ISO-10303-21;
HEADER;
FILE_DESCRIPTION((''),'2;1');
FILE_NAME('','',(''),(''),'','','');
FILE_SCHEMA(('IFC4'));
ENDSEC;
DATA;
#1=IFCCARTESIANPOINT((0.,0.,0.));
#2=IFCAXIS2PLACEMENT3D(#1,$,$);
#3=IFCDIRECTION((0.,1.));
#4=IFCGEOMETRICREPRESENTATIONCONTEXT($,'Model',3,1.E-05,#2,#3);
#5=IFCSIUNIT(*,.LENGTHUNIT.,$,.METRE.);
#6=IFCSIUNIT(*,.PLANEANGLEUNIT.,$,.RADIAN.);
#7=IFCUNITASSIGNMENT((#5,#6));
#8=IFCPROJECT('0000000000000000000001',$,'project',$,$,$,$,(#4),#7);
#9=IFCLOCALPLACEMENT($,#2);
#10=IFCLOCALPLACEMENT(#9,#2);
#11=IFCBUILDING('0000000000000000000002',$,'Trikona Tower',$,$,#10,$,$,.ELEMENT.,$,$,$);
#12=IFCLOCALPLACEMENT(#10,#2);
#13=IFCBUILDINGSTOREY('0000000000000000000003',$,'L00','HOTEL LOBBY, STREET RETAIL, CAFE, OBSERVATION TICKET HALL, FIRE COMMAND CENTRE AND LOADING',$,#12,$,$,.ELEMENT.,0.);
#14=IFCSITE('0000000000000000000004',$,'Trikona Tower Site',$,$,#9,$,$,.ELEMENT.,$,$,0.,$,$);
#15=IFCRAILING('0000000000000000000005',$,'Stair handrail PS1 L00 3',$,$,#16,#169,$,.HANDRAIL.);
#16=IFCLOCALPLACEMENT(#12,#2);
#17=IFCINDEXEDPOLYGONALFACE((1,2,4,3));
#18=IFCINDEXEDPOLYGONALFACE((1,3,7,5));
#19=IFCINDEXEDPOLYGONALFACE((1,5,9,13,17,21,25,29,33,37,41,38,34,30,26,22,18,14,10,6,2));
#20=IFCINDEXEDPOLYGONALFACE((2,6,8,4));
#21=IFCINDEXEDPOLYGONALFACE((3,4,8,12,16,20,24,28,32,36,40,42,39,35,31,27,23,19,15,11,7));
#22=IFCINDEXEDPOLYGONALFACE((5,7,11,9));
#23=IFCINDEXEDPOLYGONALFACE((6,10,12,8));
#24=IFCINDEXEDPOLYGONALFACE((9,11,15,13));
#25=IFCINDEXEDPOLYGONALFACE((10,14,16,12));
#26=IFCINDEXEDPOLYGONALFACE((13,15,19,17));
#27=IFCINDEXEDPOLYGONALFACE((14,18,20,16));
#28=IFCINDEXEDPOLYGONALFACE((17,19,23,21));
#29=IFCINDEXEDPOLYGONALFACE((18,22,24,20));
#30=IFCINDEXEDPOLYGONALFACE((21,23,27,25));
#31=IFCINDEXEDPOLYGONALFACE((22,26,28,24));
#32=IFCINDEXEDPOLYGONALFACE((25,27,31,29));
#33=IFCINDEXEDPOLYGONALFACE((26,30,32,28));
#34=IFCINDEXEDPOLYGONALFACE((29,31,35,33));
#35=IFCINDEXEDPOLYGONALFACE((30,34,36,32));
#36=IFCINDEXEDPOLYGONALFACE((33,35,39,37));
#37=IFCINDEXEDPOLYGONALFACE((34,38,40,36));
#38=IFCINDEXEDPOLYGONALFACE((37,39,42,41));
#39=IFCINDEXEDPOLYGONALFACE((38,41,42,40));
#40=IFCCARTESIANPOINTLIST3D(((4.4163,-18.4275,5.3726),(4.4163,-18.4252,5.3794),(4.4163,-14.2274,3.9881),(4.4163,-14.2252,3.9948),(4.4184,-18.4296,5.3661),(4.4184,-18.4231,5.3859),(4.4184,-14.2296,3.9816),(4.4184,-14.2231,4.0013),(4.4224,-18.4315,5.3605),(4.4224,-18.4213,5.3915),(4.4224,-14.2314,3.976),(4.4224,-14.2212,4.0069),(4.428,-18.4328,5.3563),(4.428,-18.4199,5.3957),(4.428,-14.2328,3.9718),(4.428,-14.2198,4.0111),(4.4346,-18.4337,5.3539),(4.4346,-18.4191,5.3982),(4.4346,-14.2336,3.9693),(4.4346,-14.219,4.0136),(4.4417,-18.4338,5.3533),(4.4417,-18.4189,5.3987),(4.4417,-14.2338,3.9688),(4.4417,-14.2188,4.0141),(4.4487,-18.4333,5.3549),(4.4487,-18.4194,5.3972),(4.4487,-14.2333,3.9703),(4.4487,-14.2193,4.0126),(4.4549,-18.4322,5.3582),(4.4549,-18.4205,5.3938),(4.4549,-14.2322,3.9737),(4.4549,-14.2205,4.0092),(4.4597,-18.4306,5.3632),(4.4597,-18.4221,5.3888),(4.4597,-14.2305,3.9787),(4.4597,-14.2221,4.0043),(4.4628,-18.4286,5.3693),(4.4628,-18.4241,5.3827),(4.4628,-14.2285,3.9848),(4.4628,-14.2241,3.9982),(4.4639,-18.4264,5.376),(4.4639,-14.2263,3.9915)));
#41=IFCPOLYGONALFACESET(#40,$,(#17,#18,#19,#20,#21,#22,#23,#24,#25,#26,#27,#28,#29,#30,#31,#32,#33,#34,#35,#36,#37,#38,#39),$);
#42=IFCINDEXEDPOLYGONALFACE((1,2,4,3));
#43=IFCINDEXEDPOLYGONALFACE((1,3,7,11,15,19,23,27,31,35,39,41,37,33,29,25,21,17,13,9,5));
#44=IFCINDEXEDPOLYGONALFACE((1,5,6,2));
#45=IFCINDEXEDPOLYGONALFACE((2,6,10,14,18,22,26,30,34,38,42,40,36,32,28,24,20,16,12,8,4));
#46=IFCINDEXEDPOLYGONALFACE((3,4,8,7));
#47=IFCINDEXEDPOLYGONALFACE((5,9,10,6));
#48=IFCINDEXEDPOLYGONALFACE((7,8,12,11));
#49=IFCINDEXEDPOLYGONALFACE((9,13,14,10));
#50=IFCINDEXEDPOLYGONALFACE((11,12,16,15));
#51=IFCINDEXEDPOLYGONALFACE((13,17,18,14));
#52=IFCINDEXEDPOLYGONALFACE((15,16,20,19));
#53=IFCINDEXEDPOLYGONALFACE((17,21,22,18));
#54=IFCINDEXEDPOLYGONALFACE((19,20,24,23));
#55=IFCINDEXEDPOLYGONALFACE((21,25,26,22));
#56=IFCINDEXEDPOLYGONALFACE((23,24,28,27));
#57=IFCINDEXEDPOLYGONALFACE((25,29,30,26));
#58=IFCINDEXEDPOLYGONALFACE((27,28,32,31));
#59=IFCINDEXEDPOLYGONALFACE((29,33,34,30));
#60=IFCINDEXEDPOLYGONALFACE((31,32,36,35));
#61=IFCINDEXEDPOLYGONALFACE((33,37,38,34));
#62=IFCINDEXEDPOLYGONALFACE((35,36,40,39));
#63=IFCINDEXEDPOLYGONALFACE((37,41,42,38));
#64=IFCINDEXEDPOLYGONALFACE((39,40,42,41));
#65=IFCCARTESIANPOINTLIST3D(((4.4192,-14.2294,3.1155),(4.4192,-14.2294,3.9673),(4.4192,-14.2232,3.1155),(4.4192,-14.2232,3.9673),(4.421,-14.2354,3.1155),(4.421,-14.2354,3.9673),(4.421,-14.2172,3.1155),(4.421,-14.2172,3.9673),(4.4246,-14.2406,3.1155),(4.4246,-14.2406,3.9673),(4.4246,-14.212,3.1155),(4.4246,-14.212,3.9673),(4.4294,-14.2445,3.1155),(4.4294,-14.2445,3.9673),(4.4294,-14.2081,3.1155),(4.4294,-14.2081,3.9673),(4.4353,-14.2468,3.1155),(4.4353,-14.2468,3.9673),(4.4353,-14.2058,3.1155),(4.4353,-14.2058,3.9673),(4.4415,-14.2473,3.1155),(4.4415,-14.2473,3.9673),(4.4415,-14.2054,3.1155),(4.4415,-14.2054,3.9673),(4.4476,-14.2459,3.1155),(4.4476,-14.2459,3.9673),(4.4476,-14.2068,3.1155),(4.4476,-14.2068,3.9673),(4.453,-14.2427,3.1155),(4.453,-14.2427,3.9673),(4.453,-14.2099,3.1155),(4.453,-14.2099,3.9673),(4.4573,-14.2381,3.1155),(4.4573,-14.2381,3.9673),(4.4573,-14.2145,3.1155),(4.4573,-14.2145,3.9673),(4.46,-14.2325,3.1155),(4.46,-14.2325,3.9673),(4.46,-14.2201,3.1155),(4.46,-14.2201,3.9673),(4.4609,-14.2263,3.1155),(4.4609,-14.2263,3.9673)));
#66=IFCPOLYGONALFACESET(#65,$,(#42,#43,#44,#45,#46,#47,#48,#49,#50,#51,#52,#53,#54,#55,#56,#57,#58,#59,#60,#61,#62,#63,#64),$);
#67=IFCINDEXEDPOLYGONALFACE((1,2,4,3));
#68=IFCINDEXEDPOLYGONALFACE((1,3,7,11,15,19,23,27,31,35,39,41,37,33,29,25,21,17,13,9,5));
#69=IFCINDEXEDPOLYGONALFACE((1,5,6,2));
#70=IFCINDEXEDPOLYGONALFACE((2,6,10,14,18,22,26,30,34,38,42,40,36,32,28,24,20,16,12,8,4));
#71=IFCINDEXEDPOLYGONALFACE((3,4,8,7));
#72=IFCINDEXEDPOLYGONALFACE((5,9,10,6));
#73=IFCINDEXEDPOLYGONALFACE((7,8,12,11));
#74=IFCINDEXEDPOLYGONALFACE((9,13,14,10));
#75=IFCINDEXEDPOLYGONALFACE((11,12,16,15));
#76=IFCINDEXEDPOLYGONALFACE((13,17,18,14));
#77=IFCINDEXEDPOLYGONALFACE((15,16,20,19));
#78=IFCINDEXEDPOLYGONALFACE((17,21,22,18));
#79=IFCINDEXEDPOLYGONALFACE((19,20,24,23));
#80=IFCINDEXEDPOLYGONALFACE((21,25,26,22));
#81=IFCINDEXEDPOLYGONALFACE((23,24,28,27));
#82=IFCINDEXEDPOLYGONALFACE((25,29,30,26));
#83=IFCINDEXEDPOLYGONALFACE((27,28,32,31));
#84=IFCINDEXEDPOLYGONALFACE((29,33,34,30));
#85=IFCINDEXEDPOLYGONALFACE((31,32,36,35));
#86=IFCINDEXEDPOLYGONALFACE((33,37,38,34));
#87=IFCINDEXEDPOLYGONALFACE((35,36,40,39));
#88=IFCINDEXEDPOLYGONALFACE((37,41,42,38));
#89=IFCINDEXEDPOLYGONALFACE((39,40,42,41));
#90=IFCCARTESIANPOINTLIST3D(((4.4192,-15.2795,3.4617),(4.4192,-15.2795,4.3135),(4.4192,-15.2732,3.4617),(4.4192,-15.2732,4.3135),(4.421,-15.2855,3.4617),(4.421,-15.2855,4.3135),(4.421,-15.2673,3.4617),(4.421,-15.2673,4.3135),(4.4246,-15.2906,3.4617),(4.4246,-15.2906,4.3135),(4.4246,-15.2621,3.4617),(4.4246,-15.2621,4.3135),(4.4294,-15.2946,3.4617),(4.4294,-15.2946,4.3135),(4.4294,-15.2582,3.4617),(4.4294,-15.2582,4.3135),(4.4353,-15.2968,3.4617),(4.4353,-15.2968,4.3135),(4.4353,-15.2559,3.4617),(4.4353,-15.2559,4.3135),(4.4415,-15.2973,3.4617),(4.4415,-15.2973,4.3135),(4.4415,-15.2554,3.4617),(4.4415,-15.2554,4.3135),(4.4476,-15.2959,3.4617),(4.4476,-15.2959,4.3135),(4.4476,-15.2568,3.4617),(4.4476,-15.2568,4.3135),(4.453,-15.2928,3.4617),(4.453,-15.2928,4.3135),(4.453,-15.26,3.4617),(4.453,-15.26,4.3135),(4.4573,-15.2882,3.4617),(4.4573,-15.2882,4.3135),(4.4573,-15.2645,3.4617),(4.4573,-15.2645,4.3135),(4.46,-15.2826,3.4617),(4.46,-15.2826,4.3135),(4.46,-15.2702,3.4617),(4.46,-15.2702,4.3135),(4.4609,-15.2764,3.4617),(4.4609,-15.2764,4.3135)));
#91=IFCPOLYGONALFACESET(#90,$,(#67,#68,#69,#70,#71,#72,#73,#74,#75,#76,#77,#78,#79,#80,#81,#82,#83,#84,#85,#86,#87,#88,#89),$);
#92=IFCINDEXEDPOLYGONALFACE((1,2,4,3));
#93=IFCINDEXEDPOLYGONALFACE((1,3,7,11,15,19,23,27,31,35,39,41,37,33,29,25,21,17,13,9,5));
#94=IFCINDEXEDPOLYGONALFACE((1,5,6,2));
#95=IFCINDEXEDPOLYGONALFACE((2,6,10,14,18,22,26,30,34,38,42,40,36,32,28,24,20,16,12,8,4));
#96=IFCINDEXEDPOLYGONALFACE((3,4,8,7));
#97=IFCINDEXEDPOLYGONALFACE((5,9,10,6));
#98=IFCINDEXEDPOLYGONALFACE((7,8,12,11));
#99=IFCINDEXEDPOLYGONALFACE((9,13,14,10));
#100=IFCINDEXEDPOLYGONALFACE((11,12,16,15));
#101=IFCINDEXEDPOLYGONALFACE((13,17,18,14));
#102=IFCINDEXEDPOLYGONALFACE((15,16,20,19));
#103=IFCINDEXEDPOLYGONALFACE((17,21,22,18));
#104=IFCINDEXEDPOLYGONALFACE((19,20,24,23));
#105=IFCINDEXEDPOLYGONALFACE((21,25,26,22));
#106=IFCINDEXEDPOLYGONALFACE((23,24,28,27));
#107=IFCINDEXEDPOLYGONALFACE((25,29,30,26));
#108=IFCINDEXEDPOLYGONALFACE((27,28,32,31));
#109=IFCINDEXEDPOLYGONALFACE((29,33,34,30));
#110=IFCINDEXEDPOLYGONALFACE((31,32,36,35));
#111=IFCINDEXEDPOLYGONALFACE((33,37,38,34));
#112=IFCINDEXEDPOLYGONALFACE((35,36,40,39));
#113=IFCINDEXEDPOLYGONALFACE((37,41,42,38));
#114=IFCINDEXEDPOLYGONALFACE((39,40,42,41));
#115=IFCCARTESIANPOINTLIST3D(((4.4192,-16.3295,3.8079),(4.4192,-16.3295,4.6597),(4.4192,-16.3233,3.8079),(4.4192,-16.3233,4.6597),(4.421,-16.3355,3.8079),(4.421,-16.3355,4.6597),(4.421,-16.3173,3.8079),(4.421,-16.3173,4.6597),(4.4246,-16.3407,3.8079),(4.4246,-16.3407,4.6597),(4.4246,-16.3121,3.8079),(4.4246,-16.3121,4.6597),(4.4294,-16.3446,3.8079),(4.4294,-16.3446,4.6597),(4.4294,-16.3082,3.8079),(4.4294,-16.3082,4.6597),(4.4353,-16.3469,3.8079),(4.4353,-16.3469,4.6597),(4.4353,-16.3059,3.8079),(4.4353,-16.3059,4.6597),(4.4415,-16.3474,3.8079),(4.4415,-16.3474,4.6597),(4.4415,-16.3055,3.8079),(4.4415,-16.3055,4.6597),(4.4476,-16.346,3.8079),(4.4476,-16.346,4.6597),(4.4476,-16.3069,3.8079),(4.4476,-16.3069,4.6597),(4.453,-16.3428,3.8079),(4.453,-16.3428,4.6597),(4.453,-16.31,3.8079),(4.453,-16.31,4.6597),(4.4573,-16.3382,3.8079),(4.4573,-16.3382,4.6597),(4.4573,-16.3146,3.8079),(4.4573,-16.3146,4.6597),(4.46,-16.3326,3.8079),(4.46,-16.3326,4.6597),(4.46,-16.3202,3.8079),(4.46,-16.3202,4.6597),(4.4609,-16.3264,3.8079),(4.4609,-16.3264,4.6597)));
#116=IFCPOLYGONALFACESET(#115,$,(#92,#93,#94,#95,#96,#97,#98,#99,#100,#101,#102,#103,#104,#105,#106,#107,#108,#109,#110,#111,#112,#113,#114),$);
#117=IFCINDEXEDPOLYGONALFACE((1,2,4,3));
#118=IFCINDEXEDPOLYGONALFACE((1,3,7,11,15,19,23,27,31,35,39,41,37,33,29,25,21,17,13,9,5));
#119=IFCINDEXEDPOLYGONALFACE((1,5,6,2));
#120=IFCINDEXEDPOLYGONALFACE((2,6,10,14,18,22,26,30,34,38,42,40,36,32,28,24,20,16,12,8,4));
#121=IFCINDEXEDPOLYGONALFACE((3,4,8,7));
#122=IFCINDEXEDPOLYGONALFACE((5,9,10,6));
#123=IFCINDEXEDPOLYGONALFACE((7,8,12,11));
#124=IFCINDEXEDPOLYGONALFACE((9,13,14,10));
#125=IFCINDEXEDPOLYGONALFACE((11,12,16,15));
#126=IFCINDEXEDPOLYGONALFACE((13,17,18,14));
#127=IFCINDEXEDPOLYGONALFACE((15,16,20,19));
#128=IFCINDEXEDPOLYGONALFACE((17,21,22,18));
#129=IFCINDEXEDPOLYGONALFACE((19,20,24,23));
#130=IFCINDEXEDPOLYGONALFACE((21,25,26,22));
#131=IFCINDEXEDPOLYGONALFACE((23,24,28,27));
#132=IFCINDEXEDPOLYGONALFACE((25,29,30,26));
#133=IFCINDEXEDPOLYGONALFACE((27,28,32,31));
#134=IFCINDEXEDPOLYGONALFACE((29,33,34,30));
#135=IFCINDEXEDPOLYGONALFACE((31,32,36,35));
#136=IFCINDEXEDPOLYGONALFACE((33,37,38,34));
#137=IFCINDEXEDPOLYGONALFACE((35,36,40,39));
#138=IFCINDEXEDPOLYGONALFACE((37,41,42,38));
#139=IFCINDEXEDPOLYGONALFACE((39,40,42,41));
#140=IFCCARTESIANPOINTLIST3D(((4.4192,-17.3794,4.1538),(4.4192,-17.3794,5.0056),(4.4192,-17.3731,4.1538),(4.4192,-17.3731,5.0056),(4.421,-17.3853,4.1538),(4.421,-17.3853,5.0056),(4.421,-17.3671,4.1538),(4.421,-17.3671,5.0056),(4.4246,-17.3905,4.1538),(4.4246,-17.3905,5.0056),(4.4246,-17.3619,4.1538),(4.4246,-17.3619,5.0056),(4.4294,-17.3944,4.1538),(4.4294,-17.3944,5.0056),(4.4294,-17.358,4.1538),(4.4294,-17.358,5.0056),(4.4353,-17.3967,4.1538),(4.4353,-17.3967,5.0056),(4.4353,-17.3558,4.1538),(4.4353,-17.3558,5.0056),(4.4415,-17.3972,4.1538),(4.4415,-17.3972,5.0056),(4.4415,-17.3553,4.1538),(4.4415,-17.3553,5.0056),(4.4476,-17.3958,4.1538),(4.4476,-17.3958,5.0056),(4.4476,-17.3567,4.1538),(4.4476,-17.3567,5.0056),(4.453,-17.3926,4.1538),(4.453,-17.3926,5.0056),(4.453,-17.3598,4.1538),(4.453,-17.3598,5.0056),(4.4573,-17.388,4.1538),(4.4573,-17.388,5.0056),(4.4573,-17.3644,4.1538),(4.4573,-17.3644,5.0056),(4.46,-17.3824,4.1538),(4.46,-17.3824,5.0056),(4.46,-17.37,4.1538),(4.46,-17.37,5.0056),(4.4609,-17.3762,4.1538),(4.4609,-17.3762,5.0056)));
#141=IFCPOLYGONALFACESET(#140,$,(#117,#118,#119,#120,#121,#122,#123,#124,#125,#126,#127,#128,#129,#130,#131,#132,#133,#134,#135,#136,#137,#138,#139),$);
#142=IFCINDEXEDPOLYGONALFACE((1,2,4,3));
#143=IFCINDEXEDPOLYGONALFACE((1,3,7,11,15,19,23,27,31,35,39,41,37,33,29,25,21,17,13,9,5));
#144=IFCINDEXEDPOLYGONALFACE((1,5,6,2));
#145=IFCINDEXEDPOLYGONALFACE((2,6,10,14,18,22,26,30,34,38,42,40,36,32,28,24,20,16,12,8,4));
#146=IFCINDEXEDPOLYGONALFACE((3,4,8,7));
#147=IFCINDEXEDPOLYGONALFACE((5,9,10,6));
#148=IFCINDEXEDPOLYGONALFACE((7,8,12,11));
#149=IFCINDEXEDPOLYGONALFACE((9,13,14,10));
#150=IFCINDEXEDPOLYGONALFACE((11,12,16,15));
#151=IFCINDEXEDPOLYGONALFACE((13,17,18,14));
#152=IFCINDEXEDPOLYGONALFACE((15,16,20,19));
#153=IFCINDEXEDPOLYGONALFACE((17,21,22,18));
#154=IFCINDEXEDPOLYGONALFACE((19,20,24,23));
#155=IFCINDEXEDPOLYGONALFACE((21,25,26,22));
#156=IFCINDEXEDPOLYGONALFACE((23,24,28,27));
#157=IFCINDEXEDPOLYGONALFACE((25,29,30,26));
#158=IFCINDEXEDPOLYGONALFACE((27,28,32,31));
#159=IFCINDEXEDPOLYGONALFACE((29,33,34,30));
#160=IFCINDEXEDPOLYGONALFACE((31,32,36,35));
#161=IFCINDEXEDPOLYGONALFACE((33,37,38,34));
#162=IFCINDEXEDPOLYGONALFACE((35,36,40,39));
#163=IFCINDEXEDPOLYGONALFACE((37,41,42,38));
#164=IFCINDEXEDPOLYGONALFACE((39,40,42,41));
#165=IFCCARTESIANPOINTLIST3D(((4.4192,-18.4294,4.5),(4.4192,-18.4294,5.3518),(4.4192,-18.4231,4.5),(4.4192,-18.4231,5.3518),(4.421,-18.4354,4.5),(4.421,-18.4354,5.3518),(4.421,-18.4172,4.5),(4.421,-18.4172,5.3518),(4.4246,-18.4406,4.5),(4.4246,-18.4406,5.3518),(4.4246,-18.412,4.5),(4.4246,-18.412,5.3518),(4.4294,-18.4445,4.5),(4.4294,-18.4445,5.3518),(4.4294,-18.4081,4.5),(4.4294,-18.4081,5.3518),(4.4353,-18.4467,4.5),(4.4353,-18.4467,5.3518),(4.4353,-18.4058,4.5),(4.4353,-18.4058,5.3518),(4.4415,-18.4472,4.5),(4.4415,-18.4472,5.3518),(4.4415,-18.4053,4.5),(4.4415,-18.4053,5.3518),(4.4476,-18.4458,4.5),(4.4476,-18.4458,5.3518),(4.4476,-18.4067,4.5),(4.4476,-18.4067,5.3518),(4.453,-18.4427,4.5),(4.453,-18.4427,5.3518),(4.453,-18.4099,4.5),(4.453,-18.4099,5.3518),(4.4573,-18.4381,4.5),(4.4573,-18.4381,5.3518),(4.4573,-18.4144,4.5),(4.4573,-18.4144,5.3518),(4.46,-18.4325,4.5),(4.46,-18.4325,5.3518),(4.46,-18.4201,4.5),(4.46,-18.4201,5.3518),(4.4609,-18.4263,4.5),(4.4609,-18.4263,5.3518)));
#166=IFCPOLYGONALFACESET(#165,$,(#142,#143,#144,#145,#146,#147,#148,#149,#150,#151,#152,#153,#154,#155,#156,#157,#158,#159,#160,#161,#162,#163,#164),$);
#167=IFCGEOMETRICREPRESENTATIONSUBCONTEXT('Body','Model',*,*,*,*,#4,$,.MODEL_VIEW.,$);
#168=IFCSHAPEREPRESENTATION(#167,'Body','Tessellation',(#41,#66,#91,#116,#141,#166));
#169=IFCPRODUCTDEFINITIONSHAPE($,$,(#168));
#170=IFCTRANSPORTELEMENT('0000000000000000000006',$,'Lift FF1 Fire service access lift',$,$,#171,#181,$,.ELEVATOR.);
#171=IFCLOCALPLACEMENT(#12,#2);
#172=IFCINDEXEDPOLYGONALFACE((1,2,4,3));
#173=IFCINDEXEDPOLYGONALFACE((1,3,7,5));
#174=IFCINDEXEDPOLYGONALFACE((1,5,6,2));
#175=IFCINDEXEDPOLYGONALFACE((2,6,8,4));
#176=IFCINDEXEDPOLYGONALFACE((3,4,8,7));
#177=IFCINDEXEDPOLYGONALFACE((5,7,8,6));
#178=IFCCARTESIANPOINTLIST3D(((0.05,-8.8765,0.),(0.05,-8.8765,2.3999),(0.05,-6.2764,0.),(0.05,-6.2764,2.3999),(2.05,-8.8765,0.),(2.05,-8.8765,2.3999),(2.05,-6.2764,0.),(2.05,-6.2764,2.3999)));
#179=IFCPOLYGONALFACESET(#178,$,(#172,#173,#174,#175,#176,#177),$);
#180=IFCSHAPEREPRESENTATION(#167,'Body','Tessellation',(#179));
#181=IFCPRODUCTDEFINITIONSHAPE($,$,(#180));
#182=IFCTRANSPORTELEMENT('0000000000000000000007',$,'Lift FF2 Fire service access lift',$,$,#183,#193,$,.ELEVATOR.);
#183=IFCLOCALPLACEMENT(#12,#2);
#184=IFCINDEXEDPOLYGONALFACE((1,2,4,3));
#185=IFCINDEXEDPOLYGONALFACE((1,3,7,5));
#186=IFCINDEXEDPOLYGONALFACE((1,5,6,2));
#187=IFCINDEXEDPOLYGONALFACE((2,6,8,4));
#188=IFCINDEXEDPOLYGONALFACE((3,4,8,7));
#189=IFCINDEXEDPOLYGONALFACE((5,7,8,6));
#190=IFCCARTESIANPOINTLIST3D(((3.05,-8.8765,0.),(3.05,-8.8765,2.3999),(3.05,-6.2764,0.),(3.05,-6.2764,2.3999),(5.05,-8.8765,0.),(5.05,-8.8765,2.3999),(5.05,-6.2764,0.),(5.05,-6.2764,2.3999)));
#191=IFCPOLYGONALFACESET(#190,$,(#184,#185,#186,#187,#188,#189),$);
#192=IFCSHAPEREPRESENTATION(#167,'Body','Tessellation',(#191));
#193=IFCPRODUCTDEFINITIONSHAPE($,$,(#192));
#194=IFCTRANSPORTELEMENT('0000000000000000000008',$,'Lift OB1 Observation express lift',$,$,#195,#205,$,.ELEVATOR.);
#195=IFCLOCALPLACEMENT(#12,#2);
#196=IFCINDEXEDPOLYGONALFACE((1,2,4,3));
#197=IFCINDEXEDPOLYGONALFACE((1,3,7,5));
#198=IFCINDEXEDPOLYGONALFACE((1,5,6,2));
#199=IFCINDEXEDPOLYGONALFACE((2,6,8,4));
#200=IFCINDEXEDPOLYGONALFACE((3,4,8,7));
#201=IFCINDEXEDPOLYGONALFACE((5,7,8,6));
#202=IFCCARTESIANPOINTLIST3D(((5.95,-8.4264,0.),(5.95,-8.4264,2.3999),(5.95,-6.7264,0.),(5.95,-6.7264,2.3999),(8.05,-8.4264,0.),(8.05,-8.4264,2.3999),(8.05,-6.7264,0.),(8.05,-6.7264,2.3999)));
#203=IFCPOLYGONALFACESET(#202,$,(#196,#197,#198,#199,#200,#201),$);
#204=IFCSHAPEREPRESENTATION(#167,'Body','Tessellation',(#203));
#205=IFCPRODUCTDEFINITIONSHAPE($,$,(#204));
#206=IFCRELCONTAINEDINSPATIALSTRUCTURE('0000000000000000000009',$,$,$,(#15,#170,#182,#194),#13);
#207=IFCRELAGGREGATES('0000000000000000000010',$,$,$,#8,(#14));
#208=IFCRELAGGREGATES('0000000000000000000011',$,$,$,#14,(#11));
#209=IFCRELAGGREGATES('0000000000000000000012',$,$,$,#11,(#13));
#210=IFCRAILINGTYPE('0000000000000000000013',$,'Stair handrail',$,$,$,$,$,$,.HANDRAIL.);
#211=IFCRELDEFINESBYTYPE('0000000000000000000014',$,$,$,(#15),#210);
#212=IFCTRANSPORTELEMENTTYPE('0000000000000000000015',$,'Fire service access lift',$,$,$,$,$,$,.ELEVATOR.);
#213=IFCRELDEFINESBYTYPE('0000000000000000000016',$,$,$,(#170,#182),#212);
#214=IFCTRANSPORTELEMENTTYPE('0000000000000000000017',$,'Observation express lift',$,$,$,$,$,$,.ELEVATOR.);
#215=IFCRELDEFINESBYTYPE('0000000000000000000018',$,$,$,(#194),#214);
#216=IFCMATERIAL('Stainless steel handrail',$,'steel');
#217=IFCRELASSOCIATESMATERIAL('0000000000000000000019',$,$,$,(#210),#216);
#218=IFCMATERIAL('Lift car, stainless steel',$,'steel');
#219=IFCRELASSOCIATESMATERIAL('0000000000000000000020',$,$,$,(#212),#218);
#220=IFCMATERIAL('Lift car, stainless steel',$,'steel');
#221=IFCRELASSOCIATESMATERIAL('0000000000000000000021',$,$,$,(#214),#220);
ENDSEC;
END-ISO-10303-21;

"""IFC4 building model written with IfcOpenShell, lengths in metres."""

from ifc_helpers import new_model, si_unit, direction, frame, origin, origin_2d, place, context, subcontext, project, spatial, rectangle, circle, extrude, material, type_object, element, save


model = new_model("IFC4")

# Units and contexts
model_context = context("Model", 3, precision=1e-05, world=origin(), true_north=direction((0.0, 1.0)))
body_context = subcontext(model_context, "Body", "Model", "MODEL_VIEW")
ifc_project = project(units=[si_unit("LENGTHUNIT", "METRE"), si_unit("PLANEANGLEUNIT", "RADIAN")], contexts=[model_context])

# Site, building, storey
site_placement = place(None, origin())
site = spatial("IfcSite", under=ifc_project, at=site_placement, Name="Trikona Tower Site", CompositionType="ELEMENT", RefElevation=0.0)
building_placement = place(site_placement, origin())
building = spatial("IfcBuilding", under=site, at=building_placement, Name="Trikona Tower", CompositionType="ELEMENT")
storey_placement = place(building_placement, origin())
storey = spatial("IfcBuildingStorey", under=building, at=storey_placement, Name="L00", Description="HOTEL LOBBY, STREET RETAIL, CAFE, OBSERVATION TICKET HALL, FIRE COMMAND CENTRE AND LOADING", CompositionType="ELEMENT", Elevation=0.0)

# Railing
ifc_material_1 = material(Name="Stainless steel handrail", Category="steel")
railing_type = type_object("IfcRailingType", Name="Stair handrail", PredefinedType="HANDRAIL", material=ifc_material_1)
for number, where, name in (
    (1, (4.4399, -14.2263, 3.1155), "Stair handrail PS1 L00 3"),
):
    element("IfcRailing", number, at=place(storey_placement, frame(where)), inside=storey, type_object=railing_type, Name=name, PredefinedType="HANDRAIL", context=body_context, shape_type="SweptSolid", body=[
        extrude(circle(Radius=0.0239, at=origin_2d()), frame((0.0, 0.0, 0.876), z_axis=(0.0, -0.949727, 0.313079), x_axis=(1.0, 0.0, 0.0)), (0.0, 0.0, 1.0), 4.4224),
        extrude(circle(Radius=0.021, at=origin_2d()), origin(), (0.0, 0.0, 1.0), 0.8518),
        extrude(circle(Radius=0.021, at=origin_2d()), frame((0.0, -1.05, 0.3462)), (0.0, 0.0, 1.0), 0.8518),
        extrude(circle(Radius=0.021, at=origin_2d()), frame((0.0, -2.1001, 0.6924)), (0.0, 0.0, 1.0), 0.8518),
        extrude(circle(Radius=0.021, at=origin_2d()), frame((0.0, -3.1499, 1.0383)), (0.0, 0.0, 1.0), 0.8518),
        extrude(circle(Radius=0.021, at=origin_2d()), frame((0.0, -4.2, 1.3845)), (0.0, 0.0, 1.0), 0.8518),
    ])

# Transport elements
ifc_material_2 = material(Name="Lift car, stainless steel", Category="steel")
transport_element_type_1 = type_object("IfcTransportElementType", Name="Fire service access lift", PredefinedType="ELEVATOR", material=ifc_material_2)
for number, where, z_axis, x_axis, name in (
    (2, (1.05, -7.5764, 0.0), (0.0, 0.0, 1.0), (1.0, 0.0, 0.0), "Lift FF1 Fire service access lift"),
    (3, (4.05, -7.5764, 0.0), (0.0, 0.0, 1.0), (1.0, 0.0, 0.0), "Lift FF2 Fire service access lift"),
):
    element("IfcTransportElement", number, at=place(storey_placement, frame(where, z_axis=z_axis, x_axis=x_axis)), inside=storey, type_object=transport_element_type_1, Name=name, PredefinedType="ELEVATOR", context=body_context, shape_type="SweptSolid", body=[
        extrude(rectangle(XDim=2.0, YDim=2.6001, at=origin_2d()), origin(), (0.0, 0.0, 1.0), 2.3999),
    ])
ifc_material_3 = material(Name="Lift car, stainless steel", Category="steel")
transport_element_type_2 = type_object("IfcTransportElementType", Name="Observation express lift", PredefinedType="ELEVATOR", material=ifc_material_3)
transport_element_placement = place(storey_placement, frame((7.0, -7.5764, 0.0), z_axis=(0.0, 0.0, 1.0), x_axis=(1.0, 0.0, 0.0)))
element("IfcTransportElement", 4, at=transport_element_placement, inside=storey, type_object=transport_element_type_2, Name="Lift OB1 Observation express lift", PredefinedType="ELEVATOR", context=body_context, shape_type="SweptSolid", body=[
    extrude(rectangle(XDim=2.1001, YDim=1.7, at=origin_2d()), origin(), (0.0, 0.0, 1.0), 2.3999),
])

save(model, "model.ifc")
